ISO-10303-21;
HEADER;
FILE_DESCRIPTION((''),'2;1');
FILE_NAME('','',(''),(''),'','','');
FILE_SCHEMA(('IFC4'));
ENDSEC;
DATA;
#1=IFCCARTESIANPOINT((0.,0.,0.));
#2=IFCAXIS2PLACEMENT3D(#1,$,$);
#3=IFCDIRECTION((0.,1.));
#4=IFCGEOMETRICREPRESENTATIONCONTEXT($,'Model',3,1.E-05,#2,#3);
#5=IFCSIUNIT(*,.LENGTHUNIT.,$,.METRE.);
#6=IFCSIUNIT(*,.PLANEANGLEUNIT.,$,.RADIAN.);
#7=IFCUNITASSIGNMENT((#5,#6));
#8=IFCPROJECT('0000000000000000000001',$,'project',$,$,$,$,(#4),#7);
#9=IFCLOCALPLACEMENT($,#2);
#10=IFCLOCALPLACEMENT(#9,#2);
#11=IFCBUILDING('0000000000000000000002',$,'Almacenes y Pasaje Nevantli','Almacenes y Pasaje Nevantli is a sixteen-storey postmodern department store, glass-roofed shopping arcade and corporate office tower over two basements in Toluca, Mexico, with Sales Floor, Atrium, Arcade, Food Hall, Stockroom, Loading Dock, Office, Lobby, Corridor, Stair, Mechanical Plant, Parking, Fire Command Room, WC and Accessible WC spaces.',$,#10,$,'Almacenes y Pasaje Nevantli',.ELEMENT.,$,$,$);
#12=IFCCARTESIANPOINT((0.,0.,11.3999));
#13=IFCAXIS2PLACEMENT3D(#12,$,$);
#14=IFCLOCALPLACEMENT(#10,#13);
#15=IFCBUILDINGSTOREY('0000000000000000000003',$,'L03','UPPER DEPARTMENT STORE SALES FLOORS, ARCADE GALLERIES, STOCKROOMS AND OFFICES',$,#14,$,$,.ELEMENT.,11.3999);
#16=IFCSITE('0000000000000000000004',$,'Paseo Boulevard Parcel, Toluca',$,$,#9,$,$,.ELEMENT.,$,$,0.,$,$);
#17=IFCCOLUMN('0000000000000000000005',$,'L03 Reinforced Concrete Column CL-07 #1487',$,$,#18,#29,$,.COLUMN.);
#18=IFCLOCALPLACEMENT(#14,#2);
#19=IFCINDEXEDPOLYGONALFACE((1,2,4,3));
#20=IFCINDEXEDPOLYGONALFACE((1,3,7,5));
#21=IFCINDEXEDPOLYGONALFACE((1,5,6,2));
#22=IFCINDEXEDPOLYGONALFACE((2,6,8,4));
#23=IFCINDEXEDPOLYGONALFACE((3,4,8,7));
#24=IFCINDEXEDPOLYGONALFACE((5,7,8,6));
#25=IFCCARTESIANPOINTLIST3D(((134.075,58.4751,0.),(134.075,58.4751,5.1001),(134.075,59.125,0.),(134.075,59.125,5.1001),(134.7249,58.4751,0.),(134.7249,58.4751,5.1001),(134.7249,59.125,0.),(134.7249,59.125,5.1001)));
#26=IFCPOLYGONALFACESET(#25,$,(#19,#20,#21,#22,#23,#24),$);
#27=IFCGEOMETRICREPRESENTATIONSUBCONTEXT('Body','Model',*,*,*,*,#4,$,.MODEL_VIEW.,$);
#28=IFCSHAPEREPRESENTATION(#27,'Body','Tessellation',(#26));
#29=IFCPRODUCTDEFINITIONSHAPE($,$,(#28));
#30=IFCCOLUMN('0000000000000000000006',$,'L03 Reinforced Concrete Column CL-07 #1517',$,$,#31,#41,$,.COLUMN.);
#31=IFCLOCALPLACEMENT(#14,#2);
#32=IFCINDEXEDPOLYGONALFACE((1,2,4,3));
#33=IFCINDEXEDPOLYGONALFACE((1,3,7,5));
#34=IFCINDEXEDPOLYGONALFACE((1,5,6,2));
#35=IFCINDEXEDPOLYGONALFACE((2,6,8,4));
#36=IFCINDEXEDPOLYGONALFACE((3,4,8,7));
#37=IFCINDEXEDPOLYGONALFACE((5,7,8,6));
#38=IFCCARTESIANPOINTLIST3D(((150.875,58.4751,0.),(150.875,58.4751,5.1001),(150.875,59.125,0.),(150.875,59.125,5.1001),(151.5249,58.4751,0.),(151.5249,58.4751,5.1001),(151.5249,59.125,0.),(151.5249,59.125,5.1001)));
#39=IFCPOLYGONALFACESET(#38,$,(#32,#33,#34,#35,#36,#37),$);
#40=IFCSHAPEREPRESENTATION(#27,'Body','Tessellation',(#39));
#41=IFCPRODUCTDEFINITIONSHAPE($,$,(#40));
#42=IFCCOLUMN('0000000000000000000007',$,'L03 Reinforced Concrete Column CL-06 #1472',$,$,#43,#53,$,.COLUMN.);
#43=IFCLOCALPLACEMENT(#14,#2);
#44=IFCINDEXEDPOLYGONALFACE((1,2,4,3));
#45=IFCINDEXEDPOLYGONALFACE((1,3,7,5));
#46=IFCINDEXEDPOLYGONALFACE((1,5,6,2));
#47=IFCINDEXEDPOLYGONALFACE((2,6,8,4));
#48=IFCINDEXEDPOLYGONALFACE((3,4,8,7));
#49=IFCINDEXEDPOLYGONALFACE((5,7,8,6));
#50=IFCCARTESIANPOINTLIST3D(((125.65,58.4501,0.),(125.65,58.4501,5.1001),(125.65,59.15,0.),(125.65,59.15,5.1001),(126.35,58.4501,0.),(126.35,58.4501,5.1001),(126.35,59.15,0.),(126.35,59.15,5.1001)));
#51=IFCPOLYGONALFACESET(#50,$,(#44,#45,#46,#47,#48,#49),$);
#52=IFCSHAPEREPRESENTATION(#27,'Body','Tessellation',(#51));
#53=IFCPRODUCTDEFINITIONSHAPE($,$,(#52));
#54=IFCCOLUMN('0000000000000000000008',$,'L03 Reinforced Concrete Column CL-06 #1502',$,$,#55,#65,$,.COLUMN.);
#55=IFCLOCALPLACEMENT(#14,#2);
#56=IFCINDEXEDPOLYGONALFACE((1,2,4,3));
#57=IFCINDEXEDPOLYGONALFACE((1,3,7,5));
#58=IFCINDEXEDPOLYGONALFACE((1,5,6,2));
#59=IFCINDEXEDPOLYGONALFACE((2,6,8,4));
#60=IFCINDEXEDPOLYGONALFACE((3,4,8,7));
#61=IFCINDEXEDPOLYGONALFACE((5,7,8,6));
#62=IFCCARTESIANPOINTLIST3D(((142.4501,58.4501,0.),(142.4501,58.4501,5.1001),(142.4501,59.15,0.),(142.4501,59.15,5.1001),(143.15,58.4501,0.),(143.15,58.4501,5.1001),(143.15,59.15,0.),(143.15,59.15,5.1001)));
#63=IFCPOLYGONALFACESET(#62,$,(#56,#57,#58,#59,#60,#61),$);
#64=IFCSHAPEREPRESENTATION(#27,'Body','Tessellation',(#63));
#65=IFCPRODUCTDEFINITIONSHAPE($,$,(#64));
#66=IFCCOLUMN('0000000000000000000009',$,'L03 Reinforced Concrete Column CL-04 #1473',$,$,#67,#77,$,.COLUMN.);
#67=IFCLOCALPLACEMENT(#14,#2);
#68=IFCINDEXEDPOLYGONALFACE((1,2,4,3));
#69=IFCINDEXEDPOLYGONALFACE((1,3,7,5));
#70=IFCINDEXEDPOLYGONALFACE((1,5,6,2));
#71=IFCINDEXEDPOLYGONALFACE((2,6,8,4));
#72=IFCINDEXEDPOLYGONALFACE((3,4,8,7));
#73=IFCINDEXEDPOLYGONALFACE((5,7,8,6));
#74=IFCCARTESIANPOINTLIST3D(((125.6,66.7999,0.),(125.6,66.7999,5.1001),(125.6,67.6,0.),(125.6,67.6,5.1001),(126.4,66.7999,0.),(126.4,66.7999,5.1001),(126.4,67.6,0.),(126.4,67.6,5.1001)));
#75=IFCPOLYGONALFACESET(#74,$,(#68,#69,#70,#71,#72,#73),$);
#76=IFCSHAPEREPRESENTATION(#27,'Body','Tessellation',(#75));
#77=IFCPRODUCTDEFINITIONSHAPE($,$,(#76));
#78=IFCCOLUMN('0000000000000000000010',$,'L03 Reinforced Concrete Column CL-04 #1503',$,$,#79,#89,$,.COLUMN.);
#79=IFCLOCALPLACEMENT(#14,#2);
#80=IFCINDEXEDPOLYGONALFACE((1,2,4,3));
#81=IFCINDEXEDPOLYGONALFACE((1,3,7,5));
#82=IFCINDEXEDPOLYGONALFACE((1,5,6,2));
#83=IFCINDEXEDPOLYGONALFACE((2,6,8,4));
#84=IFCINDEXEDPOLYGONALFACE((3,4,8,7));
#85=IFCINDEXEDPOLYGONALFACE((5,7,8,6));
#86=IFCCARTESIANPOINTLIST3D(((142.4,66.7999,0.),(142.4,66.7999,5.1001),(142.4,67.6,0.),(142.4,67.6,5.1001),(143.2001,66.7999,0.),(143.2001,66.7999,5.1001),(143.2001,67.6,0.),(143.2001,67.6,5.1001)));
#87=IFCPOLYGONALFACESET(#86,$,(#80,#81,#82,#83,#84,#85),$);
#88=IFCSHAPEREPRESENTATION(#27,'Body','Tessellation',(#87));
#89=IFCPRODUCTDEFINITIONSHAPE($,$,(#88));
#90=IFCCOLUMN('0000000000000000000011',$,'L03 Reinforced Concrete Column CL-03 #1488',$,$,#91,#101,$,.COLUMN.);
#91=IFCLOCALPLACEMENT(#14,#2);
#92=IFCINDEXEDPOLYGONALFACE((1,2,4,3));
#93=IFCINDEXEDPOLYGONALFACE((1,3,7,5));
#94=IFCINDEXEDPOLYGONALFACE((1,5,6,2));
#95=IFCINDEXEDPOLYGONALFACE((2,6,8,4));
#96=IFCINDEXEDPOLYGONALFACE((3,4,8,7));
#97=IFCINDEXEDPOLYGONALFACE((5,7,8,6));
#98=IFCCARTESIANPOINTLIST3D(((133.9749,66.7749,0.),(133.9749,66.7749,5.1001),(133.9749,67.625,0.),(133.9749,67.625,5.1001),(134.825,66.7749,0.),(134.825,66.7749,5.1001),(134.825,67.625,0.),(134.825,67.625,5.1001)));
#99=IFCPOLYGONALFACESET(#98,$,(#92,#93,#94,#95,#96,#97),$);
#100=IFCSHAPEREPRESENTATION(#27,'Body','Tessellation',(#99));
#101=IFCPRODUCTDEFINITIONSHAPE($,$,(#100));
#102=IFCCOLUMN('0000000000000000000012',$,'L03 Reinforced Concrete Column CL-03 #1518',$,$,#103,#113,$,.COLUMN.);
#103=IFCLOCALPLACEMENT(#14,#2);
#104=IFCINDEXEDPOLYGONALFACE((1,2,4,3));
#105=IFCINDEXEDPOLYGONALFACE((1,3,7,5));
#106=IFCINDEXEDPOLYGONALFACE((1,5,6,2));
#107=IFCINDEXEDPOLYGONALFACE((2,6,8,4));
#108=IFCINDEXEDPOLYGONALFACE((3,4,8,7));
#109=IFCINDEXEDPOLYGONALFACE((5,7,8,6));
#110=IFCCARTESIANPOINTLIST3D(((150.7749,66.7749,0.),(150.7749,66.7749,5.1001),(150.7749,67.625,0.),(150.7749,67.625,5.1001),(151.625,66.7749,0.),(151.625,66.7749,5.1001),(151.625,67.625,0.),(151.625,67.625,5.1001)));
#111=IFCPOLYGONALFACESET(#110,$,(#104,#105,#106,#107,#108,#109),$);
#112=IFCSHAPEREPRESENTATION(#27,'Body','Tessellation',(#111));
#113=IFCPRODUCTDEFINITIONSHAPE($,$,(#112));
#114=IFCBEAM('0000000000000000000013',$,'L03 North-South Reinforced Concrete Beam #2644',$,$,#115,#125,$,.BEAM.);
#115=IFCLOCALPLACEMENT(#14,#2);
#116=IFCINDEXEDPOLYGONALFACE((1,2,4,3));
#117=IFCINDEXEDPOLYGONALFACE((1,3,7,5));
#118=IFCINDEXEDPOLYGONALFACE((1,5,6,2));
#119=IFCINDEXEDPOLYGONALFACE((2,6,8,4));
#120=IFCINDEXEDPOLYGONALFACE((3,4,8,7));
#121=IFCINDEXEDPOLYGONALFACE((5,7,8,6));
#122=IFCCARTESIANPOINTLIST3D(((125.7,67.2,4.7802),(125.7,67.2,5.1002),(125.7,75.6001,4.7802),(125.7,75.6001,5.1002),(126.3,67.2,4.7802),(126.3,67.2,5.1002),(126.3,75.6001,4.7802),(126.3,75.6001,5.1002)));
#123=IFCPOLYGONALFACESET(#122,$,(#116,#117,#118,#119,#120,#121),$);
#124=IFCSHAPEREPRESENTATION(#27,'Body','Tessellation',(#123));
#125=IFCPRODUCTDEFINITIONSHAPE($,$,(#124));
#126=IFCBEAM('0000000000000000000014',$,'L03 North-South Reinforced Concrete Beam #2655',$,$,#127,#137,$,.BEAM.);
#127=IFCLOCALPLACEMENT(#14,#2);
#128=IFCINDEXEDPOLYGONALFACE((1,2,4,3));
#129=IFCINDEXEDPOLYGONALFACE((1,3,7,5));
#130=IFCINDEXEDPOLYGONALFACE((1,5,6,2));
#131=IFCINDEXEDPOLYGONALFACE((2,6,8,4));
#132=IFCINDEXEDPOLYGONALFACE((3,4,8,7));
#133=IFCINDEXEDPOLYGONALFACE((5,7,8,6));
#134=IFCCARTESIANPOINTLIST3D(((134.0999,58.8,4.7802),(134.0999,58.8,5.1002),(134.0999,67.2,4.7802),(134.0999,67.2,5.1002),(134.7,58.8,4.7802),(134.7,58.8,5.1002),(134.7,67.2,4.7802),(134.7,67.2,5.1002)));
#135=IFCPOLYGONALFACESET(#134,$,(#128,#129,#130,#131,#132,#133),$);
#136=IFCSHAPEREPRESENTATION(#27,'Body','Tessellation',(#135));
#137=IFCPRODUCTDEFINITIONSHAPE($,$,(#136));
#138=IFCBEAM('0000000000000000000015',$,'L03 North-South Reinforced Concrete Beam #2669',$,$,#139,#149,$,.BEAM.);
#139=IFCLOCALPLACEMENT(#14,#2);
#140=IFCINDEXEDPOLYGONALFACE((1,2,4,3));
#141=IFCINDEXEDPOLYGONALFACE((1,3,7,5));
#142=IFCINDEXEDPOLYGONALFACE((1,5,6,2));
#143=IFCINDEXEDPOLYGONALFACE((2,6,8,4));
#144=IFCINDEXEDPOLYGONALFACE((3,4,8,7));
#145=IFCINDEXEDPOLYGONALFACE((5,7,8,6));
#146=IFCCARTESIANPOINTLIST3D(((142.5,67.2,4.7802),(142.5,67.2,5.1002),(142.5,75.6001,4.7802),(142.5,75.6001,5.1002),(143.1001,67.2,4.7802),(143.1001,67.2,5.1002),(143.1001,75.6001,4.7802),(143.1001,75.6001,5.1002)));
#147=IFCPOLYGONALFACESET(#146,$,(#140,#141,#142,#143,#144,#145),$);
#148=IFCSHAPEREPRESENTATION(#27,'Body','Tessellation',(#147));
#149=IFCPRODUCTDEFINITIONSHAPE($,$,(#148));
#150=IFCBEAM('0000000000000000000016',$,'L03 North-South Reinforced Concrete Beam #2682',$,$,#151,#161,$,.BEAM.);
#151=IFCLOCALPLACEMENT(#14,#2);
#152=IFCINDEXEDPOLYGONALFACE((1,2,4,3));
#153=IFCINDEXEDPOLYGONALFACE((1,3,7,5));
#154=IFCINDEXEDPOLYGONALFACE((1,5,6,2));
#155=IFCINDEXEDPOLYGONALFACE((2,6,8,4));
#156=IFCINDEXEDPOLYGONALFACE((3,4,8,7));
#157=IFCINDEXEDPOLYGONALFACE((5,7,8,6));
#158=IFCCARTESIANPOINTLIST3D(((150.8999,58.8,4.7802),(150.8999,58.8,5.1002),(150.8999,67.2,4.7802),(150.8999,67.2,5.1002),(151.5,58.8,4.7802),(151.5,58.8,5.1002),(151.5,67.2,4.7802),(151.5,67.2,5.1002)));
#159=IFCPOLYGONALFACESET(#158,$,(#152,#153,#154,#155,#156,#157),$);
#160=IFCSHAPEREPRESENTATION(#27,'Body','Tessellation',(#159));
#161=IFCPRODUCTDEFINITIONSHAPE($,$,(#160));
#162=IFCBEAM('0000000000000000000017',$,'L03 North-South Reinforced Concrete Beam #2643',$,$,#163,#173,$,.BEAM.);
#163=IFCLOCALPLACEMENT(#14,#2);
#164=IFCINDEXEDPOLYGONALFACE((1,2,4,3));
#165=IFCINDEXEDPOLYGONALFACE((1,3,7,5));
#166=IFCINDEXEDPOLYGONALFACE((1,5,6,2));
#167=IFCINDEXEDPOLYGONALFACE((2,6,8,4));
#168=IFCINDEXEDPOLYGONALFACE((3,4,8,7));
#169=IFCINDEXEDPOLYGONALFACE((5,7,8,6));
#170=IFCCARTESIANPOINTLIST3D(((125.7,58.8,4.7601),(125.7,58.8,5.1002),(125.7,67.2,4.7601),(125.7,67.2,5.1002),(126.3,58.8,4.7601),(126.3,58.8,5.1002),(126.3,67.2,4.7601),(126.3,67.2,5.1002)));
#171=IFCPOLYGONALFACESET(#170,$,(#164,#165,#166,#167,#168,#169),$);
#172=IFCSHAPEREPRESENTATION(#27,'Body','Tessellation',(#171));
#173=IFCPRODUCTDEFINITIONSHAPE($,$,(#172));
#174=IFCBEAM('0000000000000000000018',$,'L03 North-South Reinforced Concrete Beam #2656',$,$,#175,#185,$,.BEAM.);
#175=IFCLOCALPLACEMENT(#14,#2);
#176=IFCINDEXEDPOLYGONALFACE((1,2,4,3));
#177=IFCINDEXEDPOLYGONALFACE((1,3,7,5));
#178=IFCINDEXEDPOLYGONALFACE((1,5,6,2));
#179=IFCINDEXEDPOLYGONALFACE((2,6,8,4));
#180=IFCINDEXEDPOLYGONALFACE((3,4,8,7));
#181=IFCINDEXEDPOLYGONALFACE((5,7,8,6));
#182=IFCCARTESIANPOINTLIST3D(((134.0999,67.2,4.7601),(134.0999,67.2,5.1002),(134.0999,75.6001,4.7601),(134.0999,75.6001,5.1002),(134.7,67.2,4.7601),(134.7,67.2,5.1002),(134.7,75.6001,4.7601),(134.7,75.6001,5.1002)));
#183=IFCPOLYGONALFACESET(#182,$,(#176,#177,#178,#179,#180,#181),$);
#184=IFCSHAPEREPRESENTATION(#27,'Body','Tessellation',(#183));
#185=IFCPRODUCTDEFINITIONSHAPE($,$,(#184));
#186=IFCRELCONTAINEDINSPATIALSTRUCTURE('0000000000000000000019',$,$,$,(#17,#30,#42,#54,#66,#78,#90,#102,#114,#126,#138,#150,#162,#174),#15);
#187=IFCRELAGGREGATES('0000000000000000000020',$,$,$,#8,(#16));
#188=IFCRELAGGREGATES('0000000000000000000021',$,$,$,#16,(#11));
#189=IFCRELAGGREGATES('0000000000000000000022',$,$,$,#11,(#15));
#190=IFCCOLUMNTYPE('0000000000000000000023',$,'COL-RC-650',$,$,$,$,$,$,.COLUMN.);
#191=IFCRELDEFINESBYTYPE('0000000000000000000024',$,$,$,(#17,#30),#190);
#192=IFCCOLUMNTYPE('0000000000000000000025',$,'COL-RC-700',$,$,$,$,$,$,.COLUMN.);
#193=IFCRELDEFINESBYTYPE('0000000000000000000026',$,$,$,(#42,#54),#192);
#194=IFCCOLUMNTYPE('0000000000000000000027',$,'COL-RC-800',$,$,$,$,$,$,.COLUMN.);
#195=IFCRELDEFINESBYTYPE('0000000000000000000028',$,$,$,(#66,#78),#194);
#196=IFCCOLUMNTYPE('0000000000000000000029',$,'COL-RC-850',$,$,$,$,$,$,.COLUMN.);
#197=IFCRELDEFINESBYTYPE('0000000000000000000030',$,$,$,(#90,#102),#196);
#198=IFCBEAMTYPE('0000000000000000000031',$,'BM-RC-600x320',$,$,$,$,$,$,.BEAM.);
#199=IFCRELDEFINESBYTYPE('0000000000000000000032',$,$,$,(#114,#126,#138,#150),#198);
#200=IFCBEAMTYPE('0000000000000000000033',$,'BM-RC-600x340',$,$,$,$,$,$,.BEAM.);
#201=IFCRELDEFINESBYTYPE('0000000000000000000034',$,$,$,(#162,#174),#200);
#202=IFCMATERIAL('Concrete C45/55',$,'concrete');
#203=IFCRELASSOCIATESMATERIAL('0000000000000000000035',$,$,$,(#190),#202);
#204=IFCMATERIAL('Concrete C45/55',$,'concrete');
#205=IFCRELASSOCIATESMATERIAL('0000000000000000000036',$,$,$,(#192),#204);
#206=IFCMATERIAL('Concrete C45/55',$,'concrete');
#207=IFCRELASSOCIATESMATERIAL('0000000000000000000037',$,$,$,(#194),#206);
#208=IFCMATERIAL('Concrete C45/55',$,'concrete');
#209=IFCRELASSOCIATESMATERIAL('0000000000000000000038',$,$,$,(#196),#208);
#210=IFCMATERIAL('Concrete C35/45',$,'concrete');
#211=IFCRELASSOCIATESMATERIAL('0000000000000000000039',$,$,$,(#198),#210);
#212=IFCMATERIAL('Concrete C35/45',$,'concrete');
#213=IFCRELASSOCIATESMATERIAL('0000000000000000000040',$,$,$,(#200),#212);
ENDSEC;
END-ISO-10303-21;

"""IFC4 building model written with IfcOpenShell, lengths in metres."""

from ifc_helpers import new_model, si_unit, direction, frame, origin, origin_2d, place, context, subcontext, project, spatial, rectangle, extrude, material, material_profile, profile_set, type_object, element, save


model = new_model("IFC4")

# Units and contexts
model_context = context("Model", 3, precision=1e-05, world=origin(), true_north=direction((0.0, 1.0)))
body_context = subcontext(model_context, "Body", "Model", "MODEL_VIEW")
ifc_project = project(units=[si_unit("LENGTHUNIT", "METRE"), si_unit("PLANEANGLEUNIT", "RADIAN")], contexts=[model_context])

# Site, building, storey
site_placement = place(None, origin())
site = spatial("IfcSite", under=ifc_project, at=site_placement, Name="Paseo Boulevard Parcel, Toluca", CompositionType="ELEMENT", RefElevation=0.0)
building_placement = place(site_placement, origin())
building = spatial("IfcBuilding", under=site, at=building_placement, Name="Almacenes y Pasaje Nevantli", Description="Almacenes y Pasaje Nevantli is a sixteen-storey postmodern department store, glass-roofed shopping arcade and corporate office tower over two basements in Toluca, Mexico, with Sales Floor, Atrium, Arcade, Food Hall, Stockroom, Loading Dock, Office, Lobby, Corridor, Stair, Mechanical Plant, Parking, Fire Command Room, WC and Accessible WC spaces.", LongName="Almacenes y Pasaje Nevantli", CompositionType="ELEMENT")
storey_placement = place(building_placement, frame((0.0, 0.0, 11.3999)))
storey = spatial("IfcBuildingStorey", under=building, at=storey_placement, Name="L03", Description="UPPER DEPARTMENT STORE SALES FLOORS, ARCADE GALLERIES, STOCKROOMS AND OFFICES", CompositionType="ELEMENT", Elevation=11.3999)

# Columns
ifc_material_1 = material(Name="Concrete C45/55", Category="concrete")
ifc_material_profile_1 = material_profile(ifc_material_1, rectangle(XDim=0.6499, YDim=0.6499, at=origin_2d()), Name="RC-COL-650x650")
ifc_profile_set_1 = profile_set([ifc_material_profile_1], Name="Concrete C45/55")
column_type_1 = type_object("IfcColumnType", Name="COL-RC-650", PredefinedType="COLUMN", material=ifc_profile_set_1)
for number, where, z_axis, x_axis, name in (
    (1, (134.3999, 58.8, 0.0), (0.0, 0.0, 1.0), (1.0, 0.0, 0.0), "L03 Reinforced Concrete Column CL-07 #1487"),
    (2, (151.2, 58.8, 0.0), (0.0, 0.0, 1.0), (1.0, 0.0, 0.0), "L03 Reinforced Concrete Column CL-07 #1517"),
):
    element("IfcColumn", number, at=place(storey_placement, frame(where, z_axis=z_axis, x_axis=x_axis)), inside=storey, type_object=column_type_1, Name=name, PredefinedType="COLUMN", context=body_context, shape_type="SweptSolid", body=[
        extrude(rectangle(XDim=0.6499, YDim=0.6499, at=origin_2d()), origin(), (0.0, 0.0, 1.0), 5.1001),
    ])
ifc_material_2 = material(Name="Concrete C45/55", Category="concrete")
ifc_material_profile_2 = material_profile(ifc_material_2, rectangle(XDim=0.7, YDim=0.7, at=origin_2d()), Name="RC-COL-700x700")
ifc_profile_set_2 = profile_set([ifc_material_profile_2], Name="Concrete C45/55")
column_type_2 = type_object("IfcColumnType", Name="COL-RC-700", PredefinedType="COLUMN", material=ifc_profile_set_2)
for number, where, z_axis, x_axis, name in (
    (3, (126.0, 58.8, 0.0), (0.0, 0.0, 1.0), (1.0, 0.0, 0.0), "L03 Reinforced Concrete Column CL-06 #1472"),
    (4, (142.8, 58.8, 0.0), (0.0, 0.0, 1.0), (1.0, 0.0, 0.0), "L03 Reinforced Concrete Column CL-06 #1502"),
):
    element("IfcColumn", number, at=place(storey_placement, frame(where, z_axis=z_axis, x_axis=x_axis)), inside=storey, type_object=column_type_2, Name=name, PredefinedType="COLUMN", context=body_context, shape_type="SweptSolid", body=[
        extrude(rectangle(XDim=0.7, YDim=0.7, at=origin_2d()), origin(), (0.0, 0.0, 1.0), 5.1001),
    ])
ifc_material_3 = material(Name="Concrete C45/55", Category="concrete")
ifc_material_profile_3 = material_profile(ifc_material_3, rectangle(XDim=0.8, YDim=0.8, at=origin_2d()), Name="RC-COL-800x800")
ifc_profile_set_3 = profile_set([ifc_material_profile_3], Name="Concrete C45/55")
column_type_3 = type_object("IfcColumnType", Name="COL-RC-800", PredefinedType="COLUMN", material=ifc_profile_set_3)
for number, where, z_axis, x_axis, name in (
    (5, (126.0, 67.2, 0.0), (0.0, 0.0, 1.0), (1.0, 0.0, 0.0), "L03 Reinforced Concrete Column CL-04 #1473"),
    (6, (142.8, 67.2, 0.0), (0.0, 0.0, 1.0), (1.0, 0.0, 0.0), "L03 Reinforced Concrete Column CL-04 #1503"),
):
    element("IfcColumn", number, at=place(storey_placement, frame(where, z_axis=z_axis, x_axis=x_axis)), inside=storey, type_object=column_type_3, Name=name, PredefinedType="COLUMN", context=body_context, shape_type="SweptSolid", body=[
        extrude(rectangle(XDim=0.8, YDim=0.8, at=origin_2d()), origin(), (0.0, 0.0, 1.0), 5.1001),
    ])
ifc_material_4 = material(Name="Concrete C45/55", Category="concrete")
ifc_material_profile_4 = material_profile(ifc_material_4, rectangle(XDim=0.8501, YDim=0.8501, at=origin_2d()), Name="RC-COL-850x850")
ifc_profile_set_4 = profile_set([ifc_material_profile_4], Name="Concrete C45/55")
column_type_4 = type_object("IfcColumnType", Name="COL-RC-850", PredefinedType="COLUMN", material=ifc_profile_set_4)
for number, where, z_axis, x_axis, name in (
    (7, (134.3999, 67.2, 0.0), (0.0, 0.0, 1.0), (1.0, 0.0, 0.0), "L03 Reinforced Concrete Column CL-03 #1488"),
    (8, (151.2, 67.2, 0.0), (0.0, 0.0, 1.0), (1.0, 0.0, 0.0), "L03 Reinforced Concrete Column CL-03 #1518"),
):
    element("IfcColumn", number, at=place(storey_placement, frame(where, z_axis=z_axis, x_axis=x_axis)), inside=storey, type_object=column_type_4, Name=name, PredefinedType="COLUMN", context=body_context, shape_type="SweptSolid", body=[
        extrude(rectangle(XDim=0.8501, YDim=0.8501, at=origin_2d()), origin(), (0.0, 0.0, 1.0), 5.1001),
    ])

# Beams
ifc_material_5 = material(Name="Concrete C35/45", Category="concrete")
ifc_material_profile_5 = material_profile(ifc_material_5, rectangle(XDim=0.6001, YDim=0.3201, at=origin_2d()), Name="RC-BM-600x320")
ifc_profile_set_5 = profile_set([ifc_material_profile_5], Name="Concrete C35/45")
beam_type_1 = type_object("IfcBeamType", Name="BM-RC-600x320", PredefinedType="BEAM", material=ifc_profile_set_5)
beam_1_placement = place(storey_placement, frame((126.0, 67.2, 4.9402), z_axis=(0.0, 1.0, 0.0), x_axis=(-1.0, 0.0, 0.0)))
element("IfcBeam", 9, at=beam_1_placement, inside=storey, type_object=beam_type_1, Name="L03 North-South Reinforced Concrete Beam #2644", PredefinedType="BEAM", context=body_context, shape_type="SweptSolid", body=[
    extrude(rectangle(XDim=0.6001, YDim=0.3201, at=origin_2d()), origin(), (0.0, 0.0, 1.0), 8.4001),
])
beam_2_placement = place(storey_placement, frame((134.3999, 58.8, 4.9402), z_axis=(0.0, 1.0, 0.0), x_axis=(-1.0, 0.0, 0.0)))
element("IfcBeam", 10, at=beam_2_placement, inside=storey, type_object=beam_type_1, Name="L03 North-South Reinforced Concrete Beam #2655", PredefinedType="BEAM", context=body_context, shape_type="SweptSolid", body=[
    extrude(rectangle(XDim=0.6001, YDim=0.3201, at=origin_2d()), origin(), (0.0, 0.0, 1.0), 8.3999),
])
beam_3_placement = place(storey_placement, frame((142.8, 67.2, 4.9402), z_axis=(0.0, 1.0, 0.0), x_axis=(-1.0, 0.0, 0.0)))
element("IfcBeam", 11, at=beam_3_placement, inside=storey, type_object=beam_type_1, Name="L03 North-South Reinforced Concrete Beam #2669", PredefinedType="BEAM", context=body_context, shape_type="SweptSolid", body=[
    extrude(rectangle(XDim=0.6001, YDim=0.3201, at=origin_2d()), origin(), (0.0, 0.0, 1.0), 8.4001),
])
beam_4_placement = place(storey_placement, frame((151.2, 58.8, 4.9402), z_axis=(0.0, 1.0, 0.0), x_axis=(-1.0, 0.0, 0.0)))
element("IfcBeam", 12, at=beam_4_placement, inside=storey, type_object=beam_type_1, Name="L03 North-South Reinforced Concrete Beam #2682", PredefinedType="BEAM", context=body_context, shape_type="SweptSolid", body=[
    extrude(rectangle(XDim=0.6001, YDim=0.3201, at=origin_2d()), origin(), (0.0, 0.0, 1.0), 8.3999),
])
ifc_material_6 = material(Name="Concrete C35/45", Category="concrete")
ifc_material_profile_6 = material_profile(ifc_material_6, rectangle(XDim=0.6001, YDim=0.3401, at=origin_2d()), Name="RC-BM-600x340")
ifc_profile_set_6 = profile_set([ifc_material_profile_6], Name="Concrete C35/45")
beam_type_2 = type_object("IfcBeamType", Name="BM-RC-600x340", PredefinedType="BEAM", material=ifc_profile_set_6)
beam_5_placement = place(storey_placement, frame((126.0, 58.8, 4.9302), z_axis=(0.0, 1.0, 0.0), x_axis=(-1.0, 0.0, 0.0)))
element("IfcBeam", 13, at=beam_5_placement, inside=storey, type_object=beam_type_2, Name="L03 North-South Reinforced Concrete Beam #2643", PredefinedType="BEAM", context=body_context, shape_type="SweptSolid", body=[
    extrude(rectangle(XDim=0.6001, YDim=0.3401, at=origin_2d()), origin(), (0.0, 0.0, 1.0), 8.3999),
])
beam_6_placement = place(storey_placement, frame((134.3999, 67.2, 4.9302), z_axis=(0.0, 1.0, 0.0), x_axis=(-1.0, 0.0, 0.0)))
element("IfcBeam", 14, at=beam_6_placement, inside=storey, type_object=beam_type_2, Name="L03 North-South Reinforced Concrete Beam #2656", PredefinedType="BEAM", context=body_context, shape_type="SweptSolid", body=[
    extrude(rectangle(XDim=0.6001, YDim=0.3401, at=origin_2d()), origin(), (0.0, 0.0, 1.0), 8.4001),
])

save(model, "model.ifc")
